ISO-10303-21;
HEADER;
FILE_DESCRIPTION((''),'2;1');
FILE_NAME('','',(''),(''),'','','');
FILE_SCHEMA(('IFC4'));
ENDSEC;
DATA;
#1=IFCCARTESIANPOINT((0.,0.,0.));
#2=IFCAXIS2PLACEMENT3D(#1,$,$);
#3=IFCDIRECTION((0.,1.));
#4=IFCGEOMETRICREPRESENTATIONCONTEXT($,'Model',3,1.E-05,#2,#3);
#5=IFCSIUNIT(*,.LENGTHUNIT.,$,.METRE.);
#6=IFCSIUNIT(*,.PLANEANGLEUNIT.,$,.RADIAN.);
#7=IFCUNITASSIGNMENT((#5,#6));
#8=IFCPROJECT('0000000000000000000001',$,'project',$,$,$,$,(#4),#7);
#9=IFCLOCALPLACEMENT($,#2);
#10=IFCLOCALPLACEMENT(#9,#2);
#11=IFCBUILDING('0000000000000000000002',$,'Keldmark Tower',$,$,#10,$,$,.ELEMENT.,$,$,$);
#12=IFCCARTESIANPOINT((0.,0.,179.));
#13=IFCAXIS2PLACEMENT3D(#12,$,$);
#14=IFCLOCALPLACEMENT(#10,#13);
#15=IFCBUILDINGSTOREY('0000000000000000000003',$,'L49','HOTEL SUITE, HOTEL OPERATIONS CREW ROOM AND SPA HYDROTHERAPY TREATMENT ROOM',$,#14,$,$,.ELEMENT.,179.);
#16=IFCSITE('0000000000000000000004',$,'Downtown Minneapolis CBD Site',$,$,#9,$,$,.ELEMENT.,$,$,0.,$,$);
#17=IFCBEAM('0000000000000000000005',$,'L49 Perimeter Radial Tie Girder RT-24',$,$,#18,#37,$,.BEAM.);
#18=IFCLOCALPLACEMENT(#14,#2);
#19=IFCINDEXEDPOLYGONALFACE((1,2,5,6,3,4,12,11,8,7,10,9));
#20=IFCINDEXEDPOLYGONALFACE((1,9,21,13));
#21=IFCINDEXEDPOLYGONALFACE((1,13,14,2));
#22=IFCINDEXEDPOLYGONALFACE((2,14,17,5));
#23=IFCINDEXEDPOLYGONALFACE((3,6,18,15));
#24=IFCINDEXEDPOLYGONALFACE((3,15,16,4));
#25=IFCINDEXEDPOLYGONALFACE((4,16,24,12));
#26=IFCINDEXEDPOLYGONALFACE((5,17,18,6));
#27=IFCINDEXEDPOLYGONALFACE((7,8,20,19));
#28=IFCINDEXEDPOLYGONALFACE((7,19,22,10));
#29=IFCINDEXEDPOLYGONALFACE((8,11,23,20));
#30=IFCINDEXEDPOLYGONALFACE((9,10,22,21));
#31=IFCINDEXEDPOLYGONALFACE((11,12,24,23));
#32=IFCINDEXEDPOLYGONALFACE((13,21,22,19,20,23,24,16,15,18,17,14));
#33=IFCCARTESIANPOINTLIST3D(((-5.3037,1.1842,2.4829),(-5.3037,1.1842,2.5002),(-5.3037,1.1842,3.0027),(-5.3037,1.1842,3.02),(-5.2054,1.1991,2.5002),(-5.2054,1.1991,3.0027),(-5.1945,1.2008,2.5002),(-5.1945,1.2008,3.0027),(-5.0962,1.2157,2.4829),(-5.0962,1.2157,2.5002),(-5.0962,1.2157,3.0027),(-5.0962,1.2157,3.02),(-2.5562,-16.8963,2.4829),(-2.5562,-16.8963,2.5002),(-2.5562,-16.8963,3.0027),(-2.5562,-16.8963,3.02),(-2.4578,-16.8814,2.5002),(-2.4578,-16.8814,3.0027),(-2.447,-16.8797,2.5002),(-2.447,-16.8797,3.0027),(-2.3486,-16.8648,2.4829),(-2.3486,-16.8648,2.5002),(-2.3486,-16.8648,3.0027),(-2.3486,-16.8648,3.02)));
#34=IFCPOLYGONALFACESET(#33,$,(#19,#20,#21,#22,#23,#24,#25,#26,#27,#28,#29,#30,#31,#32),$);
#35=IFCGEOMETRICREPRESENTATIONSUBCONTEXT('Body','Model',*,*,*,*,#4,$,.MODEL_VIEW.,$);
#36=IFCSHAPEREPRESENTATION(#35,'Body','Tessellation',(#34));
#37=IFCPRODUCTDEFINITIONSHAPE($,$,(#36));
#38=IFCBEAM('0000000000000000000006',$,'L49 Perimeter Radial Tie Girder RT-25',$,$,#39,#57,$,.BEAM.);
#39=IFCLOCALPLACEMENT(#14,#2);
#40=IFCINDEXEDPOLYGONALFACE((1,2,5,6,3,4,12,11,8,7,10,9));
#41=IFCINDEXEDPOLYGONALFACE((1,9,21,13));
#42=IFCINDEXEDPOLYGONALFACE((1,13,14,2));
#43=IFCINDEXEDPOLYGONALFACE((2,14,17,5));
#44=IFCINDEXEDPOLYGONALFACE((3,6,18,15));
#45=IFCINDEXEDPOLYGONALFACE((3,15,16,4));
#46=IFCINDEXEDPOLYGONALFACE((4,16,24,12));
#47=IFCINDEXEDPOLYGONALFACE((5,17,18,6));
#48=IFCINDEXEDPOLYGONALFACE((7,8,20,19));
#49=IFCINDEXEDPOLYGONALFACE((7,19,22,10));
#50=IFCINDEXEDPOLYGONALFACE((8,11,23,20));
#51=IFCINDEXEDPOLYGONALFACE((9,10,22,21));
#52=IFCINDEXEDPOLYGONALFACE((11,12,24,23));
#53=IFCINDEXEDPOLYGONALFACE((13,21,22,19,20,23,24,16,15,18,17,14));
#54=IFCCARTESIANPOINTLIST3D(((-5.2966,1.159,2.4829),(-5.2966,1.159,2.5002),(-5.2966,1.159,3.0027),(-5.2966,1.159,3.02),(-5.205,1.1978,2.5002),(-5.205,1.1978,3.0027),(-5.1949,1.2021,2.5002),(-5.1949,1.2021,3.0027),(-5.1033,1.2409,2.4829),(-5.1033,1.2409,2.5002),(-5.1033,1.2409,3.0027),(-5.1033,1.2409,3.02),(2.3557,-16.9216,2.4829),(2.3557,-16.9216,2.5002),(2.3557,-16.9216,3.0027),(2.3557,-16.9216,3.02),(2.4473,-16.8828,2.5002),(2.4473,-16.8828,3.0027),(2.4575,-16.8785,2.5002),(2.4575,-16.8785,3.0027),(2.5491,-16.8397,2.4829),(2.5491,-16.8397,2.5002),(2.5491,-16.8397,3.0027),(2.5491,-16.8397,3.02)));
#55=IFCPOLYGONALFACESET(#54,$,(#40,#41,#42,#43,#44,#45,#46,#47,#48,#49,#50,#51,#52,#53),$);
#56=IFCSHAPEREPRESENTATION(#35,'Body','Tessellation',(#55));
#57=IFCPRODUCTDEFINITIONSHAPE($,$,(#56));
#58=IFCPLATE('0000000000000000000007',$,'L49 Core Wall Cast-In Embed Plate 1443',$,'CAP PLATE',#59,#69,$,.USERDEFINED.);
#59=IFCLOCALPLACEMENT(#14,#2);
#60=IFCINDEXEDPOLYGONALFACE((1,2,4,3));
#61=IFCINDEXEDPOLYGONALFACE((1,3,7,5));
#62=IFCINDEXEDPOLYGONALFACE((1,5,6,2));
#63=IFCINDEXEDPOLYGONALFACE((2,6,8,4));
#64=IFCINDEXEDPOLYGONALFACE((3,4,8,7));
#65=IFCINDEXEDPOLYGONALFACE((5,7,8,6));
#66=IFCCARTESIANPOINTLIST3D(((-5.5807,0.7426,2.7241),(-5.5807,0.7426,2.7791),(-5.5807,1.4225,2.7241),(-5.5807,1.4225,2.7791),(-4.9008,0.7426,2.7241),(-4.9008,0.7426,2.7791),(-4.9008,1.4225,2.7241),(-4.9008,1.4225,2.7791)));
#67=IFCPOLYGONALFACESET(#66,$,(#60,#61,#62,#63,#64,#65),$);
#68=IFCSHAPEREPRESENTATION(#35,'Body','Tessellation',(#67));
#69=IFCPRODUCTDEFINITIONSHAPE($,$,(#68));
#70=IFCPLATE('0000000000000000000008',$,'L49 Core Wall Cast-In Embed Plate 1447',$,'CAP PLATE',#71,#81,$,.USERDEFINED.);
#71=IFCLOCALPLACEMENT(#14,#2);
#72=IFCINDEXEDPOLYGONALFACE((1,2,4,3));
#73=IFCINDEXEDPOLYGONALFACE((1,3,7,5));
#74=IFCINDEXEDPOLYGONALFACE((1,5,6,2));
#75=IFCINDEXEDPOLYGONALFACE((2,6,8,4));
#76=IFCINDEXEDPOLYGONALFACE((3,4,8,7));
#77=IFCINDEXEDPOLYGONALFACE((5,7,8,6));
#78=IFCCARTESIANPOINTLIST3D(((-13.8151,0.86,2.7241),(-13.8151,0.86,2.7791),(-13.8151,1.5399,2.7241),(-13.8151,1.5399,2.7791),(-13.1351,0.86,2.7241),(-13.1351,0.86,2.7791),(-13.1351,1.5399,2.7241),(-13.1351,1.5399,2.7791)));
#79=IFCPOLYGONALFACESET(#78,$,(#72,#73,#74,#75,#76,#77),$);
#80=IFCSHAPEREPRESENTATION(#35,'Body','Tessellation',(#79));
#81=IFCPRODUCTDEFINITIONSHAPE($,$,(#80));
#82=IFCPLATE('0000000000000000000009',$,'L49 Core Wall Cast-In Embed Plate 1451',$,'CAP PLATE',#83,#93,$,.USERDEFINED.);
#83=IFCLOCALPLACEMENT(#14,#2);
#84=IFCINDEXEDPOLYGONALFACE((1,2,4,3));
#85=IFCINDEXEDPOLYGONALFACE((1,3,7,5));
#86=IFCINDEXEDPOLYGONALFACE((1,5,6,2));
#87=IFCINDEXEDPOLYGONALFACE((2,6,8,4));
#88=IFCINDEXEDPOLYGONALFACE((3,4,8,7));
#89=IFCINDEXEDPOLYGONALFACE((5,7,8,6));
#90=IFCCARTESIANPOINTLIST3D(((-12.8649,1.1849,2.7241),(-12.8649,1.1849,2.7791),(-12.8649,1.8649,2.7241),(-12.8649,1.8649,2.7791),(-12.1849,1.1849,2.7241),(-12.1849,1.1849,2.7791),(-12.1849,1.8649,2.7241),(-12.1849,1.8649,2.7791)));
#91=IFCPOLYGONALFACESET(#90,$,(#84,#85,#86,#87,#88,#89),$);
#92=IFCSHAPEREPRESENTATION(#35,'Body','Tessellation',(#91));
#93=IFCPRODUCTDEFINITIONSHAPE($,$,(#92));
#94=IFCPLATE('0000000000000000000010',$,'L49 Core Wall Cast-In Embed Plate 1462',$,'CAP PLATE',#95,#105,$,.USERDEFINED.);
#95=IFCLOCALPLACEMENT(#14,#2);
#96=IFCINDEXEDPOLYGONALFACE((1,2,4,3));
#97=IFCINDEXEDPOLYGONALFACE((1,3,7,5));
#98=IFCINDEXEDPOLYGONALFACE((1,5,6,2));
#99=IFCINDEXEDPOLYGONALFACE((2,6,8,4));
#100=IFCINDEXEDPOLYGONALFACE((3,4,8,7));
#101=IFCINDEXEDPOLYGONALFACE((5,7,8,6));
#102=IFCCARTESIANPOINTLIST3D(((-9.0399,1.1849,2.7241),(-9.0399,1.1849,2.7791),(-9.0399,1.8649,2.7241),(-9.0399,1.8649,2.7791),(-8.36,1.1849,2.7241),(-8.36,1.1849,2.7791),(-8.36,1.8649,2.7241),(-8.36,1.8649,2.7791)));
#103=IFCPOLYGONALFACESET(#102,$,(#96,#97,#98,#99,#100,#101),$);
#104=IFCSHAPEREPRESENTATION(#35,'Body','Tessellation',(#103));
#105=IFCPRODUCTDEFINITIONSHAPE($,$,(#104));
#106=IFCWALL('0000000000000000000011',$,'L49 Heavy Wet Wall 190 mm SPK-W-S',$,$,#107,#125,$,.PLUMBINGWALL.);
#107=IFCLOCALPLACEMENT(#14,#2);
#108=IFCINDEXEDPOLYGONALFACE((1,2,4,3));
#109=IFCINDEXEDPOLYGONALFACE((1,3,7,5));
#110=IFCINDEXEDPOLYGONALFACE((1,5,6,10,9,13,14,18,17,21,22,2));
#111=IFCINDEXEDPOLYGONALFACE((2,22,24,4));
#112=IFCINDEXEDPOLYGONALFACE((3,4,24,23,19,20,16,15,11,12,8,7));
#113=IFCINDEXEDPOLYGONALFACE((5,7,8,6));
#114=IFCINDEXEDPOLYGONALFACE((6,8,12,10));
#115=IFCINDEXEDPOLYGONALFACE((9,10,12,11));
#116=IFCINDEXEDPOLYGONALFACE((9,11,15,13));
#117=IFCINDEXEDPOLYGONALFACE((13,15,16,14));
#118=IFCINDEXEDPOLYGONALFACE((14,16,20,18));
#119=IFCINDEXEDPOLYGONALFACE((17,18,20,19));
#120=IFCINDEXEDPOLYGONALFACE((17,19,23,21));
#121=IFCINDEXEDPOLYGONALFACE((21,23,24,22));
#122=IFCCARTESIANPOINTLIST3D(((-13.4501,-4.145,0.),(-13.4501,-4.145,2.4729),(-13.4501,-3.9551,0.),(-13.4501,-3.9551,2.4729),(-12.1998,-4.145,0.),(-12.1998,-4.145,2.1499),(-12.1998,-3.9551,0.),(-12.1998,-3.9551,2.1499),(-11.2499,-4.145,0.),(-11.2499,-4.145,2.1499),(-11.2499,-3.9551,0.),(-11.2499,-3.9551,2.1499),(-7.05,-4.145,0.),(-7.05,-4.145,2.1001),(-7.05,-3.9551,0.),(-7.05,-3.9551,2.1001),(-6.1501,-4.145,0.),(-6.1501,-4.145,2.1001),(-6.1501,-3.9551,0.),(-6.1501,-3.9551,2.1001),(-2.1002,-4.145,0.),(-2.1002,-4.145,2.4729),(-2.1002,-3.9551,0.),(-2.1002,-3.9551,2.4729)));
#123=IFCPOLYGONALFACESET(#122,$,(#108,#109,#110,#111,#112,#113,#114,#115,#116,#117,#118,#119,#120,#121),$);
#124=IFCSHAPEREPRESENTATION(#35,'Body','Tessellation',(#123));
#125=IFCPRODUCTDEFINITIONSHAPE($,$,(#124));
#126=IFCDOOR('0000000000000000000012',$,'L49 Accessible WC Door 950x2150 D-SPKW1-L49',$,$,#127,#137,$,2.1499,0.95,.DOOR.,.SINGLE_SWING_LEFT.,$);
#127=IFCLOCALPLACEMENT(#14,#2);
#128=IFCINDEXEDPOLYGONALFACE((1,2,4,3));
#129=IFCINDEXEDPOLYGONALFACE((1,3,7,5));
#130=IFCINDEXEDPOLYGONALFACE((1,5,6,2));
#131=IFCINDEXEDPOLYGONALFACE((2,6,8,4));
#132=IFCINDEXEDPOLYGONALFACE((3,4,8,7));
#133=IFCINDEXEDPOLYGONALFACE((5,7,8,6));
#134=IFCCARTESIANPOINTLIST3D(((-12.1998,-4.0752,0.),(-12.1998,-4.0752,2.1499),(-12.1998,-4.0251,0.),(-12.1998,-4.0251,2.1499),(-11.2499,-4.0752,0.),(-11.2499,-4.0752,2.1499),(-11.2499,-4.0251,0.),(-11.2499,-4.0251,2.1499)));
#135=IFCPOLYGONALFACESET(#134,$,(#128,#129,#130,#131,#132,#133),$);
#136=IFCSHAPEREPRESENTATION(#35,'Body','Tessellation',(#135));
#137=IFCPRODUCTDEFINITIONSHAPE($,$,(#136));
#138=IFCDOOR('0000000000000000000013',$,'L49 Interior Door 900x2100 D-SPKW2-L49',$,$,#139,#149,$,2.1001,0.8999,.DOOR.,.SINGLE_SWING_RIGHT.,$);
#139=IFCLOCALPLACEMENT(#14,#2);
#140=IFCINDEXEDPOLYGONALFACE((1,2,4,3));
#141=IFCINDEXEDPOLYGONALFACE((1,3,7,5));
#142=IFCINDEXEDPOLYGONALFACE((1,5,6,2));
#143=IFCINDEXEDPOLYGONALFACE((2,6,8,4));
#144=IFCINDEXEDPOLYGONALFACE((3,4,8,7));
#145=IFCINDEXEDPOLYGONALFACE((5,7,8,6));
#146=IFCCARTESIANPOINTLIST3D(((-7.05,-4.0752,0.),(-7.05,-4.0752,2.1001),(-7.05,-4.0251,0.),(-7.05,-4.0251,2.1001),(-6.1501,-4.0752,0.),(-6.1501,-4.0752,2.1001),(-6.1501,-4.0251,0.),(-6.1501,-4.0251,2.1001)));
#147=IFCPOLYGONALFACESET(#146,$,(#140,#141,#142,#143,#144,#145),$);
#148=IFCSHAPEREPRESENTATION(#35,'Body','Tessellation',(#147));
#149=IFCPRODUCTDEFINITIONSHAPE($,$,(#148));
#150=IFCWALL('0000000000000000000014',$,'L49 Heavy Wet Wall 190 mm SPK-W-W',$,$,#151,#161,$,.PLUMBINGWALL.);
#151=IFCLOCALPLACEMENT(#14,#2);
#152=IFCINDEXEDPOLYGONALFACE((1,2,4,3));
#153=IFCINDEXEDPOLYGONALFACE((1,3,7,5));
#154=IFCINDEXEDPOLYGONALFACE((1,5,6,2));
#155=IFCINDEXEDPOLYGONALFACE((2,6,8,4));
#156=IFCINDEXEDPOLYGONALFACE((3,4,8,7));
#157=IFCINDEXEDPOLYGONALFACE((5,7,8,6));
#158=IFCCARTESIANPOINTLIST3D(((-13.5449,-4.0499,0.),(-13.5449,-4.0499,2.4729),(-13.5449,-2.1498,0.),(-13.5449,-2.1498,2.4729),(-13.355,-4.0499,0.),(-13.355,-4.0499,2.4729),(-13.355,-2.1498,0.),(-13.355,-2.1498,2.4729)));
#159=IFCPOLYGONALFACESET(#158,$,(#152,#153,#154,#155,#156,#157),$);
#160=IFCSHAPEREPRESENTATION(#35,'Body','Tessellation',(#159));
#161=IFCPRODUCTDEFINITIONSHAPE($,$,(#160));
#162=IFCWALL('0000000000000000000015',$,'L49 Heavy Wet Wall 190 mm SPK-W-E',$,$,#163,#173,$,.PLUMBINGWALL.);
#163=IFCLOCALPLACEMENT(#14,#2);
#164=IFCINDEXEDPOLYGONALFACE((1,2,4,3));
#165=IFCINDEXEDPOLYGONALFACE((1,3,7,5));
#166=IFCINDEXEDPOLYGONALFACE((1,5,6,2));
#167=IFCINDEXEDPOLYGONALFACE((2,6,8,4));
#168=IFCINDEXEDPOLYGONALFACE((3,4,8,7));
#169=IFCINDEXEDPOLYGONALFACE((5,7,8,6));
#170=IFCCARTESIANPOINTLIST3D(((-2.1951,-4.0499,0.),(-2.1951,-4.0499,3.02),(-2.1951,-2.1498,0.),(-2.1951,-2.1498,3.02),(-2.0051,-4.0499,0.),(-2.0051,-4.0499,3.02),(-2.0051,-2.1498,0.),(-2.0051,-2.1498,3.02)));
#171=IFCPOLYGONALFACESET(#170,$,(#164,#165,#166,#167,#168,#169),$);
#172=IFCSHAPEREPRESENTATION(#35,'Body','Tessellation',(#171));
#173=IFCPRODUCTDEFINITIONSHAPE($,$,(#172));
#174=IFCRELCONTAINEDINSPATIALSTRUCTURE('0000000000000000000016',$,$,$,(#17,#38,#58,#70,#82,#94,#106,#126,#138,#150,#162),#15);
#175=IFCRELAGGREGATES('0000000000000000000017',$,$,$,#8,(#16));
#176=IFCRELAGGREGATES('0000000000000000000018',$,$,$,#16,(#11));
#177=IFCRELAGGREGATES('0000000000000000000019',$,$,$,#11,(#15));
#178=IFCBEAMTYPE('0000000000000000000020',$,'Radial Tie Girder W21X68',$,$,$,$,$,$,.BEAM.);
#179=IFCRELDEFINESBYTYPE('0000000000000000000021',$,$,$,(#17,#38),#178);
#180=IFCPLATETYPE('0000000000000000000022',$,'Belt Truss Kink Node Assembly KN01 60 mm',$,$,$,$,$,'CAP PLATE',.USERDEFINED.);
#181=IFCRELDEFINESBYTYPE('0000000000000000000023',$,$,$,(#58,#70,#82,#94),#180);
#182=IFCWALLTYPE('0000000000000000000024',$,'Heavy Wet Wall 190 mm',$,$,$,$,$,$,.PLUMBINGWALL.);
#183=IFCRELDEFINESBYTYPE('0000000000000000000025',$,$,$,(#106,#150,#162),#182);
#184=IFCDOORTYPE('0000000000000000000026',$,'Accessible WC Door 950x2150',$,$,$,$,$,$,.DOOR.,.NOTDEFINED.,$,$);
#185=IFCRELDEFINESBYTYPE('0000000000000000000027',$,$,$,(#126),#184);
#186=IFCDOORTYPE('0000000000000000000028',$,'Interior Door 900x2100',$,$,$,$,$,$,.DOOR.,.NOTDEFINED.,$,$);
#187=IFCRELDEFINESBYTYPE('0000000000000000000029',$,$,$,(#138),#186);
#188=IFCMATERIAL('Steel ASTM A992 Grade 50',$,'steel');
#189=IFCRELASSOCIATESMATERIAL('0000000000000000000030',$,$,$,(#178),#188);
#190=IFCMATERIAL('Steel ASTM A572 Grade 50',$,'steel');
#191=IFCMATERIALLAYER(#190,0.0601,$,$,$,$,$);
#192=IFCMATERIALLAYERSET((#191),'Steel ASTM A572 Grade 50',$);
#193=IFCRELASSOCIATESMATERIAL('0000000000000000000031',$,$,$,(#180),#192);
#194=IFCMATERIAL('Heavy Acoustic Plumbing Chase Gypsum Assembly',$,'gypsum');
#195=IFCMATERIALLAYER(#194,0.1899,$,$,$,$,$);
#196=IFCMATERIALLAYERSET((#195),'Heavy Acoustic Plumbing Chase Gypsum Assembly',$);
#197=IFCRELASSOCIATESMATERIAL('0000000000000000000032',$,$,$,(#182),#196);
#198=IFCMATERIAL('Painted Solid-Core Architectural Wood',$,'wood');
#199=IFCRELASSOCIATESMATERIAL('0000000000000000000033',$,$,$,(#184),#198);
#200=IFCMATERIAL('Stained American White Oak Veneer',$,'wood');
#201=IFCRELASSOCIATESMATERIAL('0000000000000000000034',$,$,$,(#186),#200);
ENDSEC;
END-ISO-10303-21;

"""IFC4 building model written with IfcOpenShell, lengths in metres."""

from ifc_helpers import new_model, si_unit, direction, frame, frame_2d, origin, origin_2d, place, context, subcontext, project, spatial, rectangle, i_section, extrude, material, layer, layer_set, material_profile, profile_set, type_object, element, fill, save


model = new_model("IFC4")

# Units and contexts
model_context = context("Model", 3, precision=1e-05, world=origin(), true_north=direction((0.0, 1.0)))
body_context = subcontext(model_context, "Body", "Model", "MODEL_VIEW")
ifc_project = project(units=[si_unit("LENGTHUNIT", "METRE"), si_unit("PLANEANGLEUNIT", "RADIAN")], contexts=[model_context])

# Site, building, storey
site_placement = place(None, origin())
site = spatial("IfcSite", under=ifc_project, at=site_placement, Name="Downtown Minneapolis CBD Site", CompositionType="ELEMENT", RefElevation=0.0)
building_placement = place(site_placement, origin())
building = spatial("IfcBuilding", under=site, at=building_placement, Name="Keldmark Tower", CompositionType="ELEMENT")
storey_placement = place(building_placement, frame((0.0, 0.0, 179.0)))
storey = spatial("IfcBuildingStorey", under=building, at=storey_placement, Name="L49", Description="HOTEL SUITE, HOTEL OPERATIONS CREW ROOM AND SPA HYDROTHERAPY TREATMENT ROOM", CompositionType="ELEMENT", Elevation=179.0)

# Beams
ifc_material_1 = material(Name="Steel ASTM A992 Grade 50", Category="steel")
ifc_material_profile_1 = material_profile(ifc_material_1, i_section(OverallWidth=0.21, OverallDepth=0.5371, WebThickness=0.011, FlangeThickness=0.0173, at=origin_2d()), Name="W21X68")
ifc_profile_set_1 = profile_set([ifc_material_profile_1], Name="Steel ASTM A992 Grade 50")
beam_type_1 = type_object("IfcBeamType", Name="Radial Tie Girder W21X68", PredefinedType="BEAM", material=ifc_profile_set_1)
beam_1_placement = place(storey_placement, frame((-5.2, 1.2, 2.7515), z_axis=(0.150237, -0.98865, 0.0), x_axis=(0.98865, 0.150237, 0.0)))
element("IfcBeam", 1, at=beam_1_placement, inside=storey, type_object=beam_type_1, Name="L49 Perimeter Radial Tie Girder RT-24", PredefinedType="BEAM", context=body_context, shape_type="SweptSolid", body=[
    extrude(i_section(OverallWidth=0.21, OverallDepth=0.5371, WebThickness=0.011, FlangeThickness=0.0173, at=origin_2d()), origin(), (0.0, 0.0, 1.0), 18.2881),
])
beam_2_placement = place(storey_placement, frame((-5.2, 1.2, 2.7515), z_axis=(0.389764, -0.920915, 0.0), x_axis=(0.920915, 0.389764, 0.0)))
element("IfcBeam", 2, at=beam_2_placement, inside=storey, type_object=beam_type_1, Name="L49 Perimeter Radial Tie Girder RT-25", PredefinedType="BEAM", context=body_context, shape_type="SweptSolid", body=[
    extrude(i_section(OverallWidth=0.21, OverallDepth=0.5371, WebThickness=0.011, FlangeThickness=0.0173, at=origin_2d()), origin(), (0.0, 0.0, 1.0), 19.6333),
])

# Plates
ifc_material_2 = material(Name="Steel ASTM A572 Grade 50", Category="steel")
ifc_layer_1 = layer(ifc_material_2, 0.0601)
ifc_layer_set_1 = layer_set([ifc_layer_1], Name="Steel ASTM A572 Grade 50")
plate_type = type_object("IfcPlateType", Name="Belt Truss Kink Node Assembly KN01 60 mm", ElementType="CAP PLATE", PredefinedType="USERDEFINED", material=ifc_layer_set_1)
for number, where, z_axis, x_axis, name in (
    (3, (-5.2407, 1.0825, 2.7241), (0.0, 0.0, 1.0), (1.0, 0.0, 0.0), "L49 Core Wall Cast-In Embed Plate 1443"),
    (4, (-13.4751, 1.2, 2.7241), (0.0, 0.0, 1.0), (1.0, 0.0, 0.0), "L49 Core Wall Cast-In Embed Plate 1447"),
    (5, (-12.5249, 1.5249, 2.7241), (0.0, 0.0, 1.0), (1.0, 0.0, 0.0), "L49 Core Wall Cast-In Embed Plate 1451"),
    (6, (-8.7, 1.5249, 2.7241), (0.0, 0.0, 1.0), (1.0, 0.0, 0.0), "L49 Core Wall Cast-In Embed Plate 1462"),
):
    element("IfcPlate", number, at=place(storey_placement, frame(where, z_axis=z_axis, x_axis=x_axis)), inside=storey, type_object=plate_type, Name=name, ObjectType="CAP PLATE", PredefinedType="USERDEFINED", context=body_context, shape_type="SweptSolid", body=[
        extrude(rectangle(XDim=0.6799, YDim=0.6799, at=origin_2d()), origin(), (0.0, 0.0, 1.0), 0.0549),
    ])

# Wall, openings, doors
ifc_material_3 = material(Name="Heavy Acoustic Plumbing Chase Gypsum Assembly", Category="gypsum")
ifc_layer_2 = layer(ifc_material_3, 0.1899)
ifc_layer_set_2 = layer_set([ifc_layer_2], Name="Heavy Acoustic Plumbing Chase Gypsum Assembly")
wall_type_1 = type_object("IfcWallType", Name="Heavy Wet Wall 190 mm", PredefinedType="PLUMBINGWALL", material=ifc_layer_set_2)
wall_1_placement = place(storey_placement, frame((-13.45, -4.05, 0.0), z_axis=(0.0, 0.0, 1.0), x_axis=(1.0, 0.0, 0.0)))
wall_1 = element("IfcWall", 7, at=wall_1_placement, inside=storey, type_object=wall_type_1, Name="L49 Heavy Wet Wall 190 mm SPK-W-S", PredefinedType="PLUMBINGWALL", context=body_context, shape_type="SweptSolid", body=[
    extrude(rectangle(XDim=11.3499, YDim=0.1899, at=frame_2d((5.6748, 0.0))), origin(), (0.0, 0.0, 1.0), 2.4729),
])
opening_1_placement = place(wall_1_placement, frame((1.25, 0.0, 0.0)))
opening_1 = element("IfcOpeningElement", 8, at=opening_1_placement, cuts=wall_1, PredefinedType="OPENING", context=body_context, shape_type="SweptSolid", body=[
    extrude(rectangle(XDim=0.95, YDim=2.1499, at=frame_2d((0.4751, 1.075))), frame((0.0, 0.105, 0.0), z_axis=(0.0, -1.0, 0.0), x_axis=(1.0, 0.0, 0.0)), (0.0, 0.0, 1.0), 0.21),
])
opening_2_placement = place(wall_1_placement, frame((6.3999, 0.0, 0.0)))
opening_2 = element("IfcOpeningElement", 9, at=opening_2_placement, cuts=wall_1, PredefinedType="OPENING", context=body_context, shape_type="SweptSolid", body=[
    extrude(rectangle(XDim=0.8999, YDim=2.1001, at=frame_2d((0.45, 1.05))), frame((0.0, 0.105, 0.0), z_axis=(0.0, -1.0, 0.0), x_axis=(1.0, 0.0, 0.0)), (0.0, 0.0, 1.0), 0.21),
])
ifc_material_4 = material(Name="Painted Solid-Core Architectural Wood", Category="wood")
door_type_1 = type_object("IfcDoorType", Name="Accessible WC Door 950x2150", OperationType="NOTDEFINED", PredefinedType="DOOR", material=ifc_material_4)
door_1_placement = place(opening_1_placement, origin())
door_1 = element("IfcDoor", 10, at=door_1_placement, inside=storey, type_object=door_type_1, Name="L49 Accessible WC Door 950x2150 D-SPKW1-L49", OperationType="SINGLE_SWING_LEFT", OverallHeight=2.1499, OverallWidth=0.95, PredefinedType="DOOR", context=body_context, shape_type="SweptSolid", body=[
    extrude(rectangle(XDim=0.95, YDim=2.1499, at=frame_2d((0.4751, 1.075))), frame((0.0, 0.0249, 0.0), z_axis=(0.0, -1.0, 0.0), x_axis=(1.0, 0.0, 0.0)), (0.0, 0.0, 1.0), 0.05),
])
fill(opening_1, door_1)
ifc_material_5 = material(Name="Stained American White Oak Veneer", Category="wood")
door_type_2 = type_object("IfcDoorType", Name="Interior Door 900x2100", OperationType="NOTDEFINED", PredefinedType="DOOR", material=ifc_material_5)
door_2_placement = place(opening_2_placement, origin())
door_2 = element("IfcDoor", 11, at=door_2_placement, inside=storey, type_object=door_type_2, Name="L49 Interior Door 900x2100 D-SPKW2-L49", OperationType="SINGLE_SWING_RIGHT", OverallHeight=2.1001, OverallWidth=0.8999, PredefinedType="DOOR", context=body_context, shape_type="SweptSolid", body=[
    extrude(rectangle(XDim=0.8999, YDim=2.1001, at=frame_2d((0.45, 1.05))), frame((0.0, 0.0249, 0.0), z_axis=(0.0, -1.0, 0.0), x_axis=(1.0, 0.0, 0.0)), (0.0, 0.0, 1.0), 0.05),
])
fill(opening_2, door_2)

# Walls
wall_2_placement = place(storey_placement, frame((-13.45, -4.05, 0.0), z_axis=(0.0, 0.0, 1.0), x_axis=(0.0, 1.0, 0.0)))
element("IfcWall", 12, at=wall_2_placement, inside=storey, type_object=wall_type_1, Name="L49 Heavy Wet Wall 190 mm SPK-W-W", PredefinedType="PLUMBINGWALL", context=body_context, shape_type="SweptSolid", body=[
    extrude(rectangle(XDim=1.9001, YDim=0.1899, at=frame_2d((0.9502, 0.0))), origin(), (0.0, 0.0, 1.0), 2.4729),
])
wall_3_placement = place(storey_placement, frame((-2.1001, -4.05, 0.0), z_axis=(0.0, 0.0, 1.0), x_axis=(0.0, 1.0, 0.0)))
element("IfcWall", 13, at=wall_3_placement, inside=storey, type_object=wall_type_1, Name="L49 Heavy Wet Wall 190 mm SPK-W-E", PredefinedType="PLUMBINGWALL", context=body_context, shape_type="SweptSolid", body=[
    extrude(rectangle(XDim=1.9001, YDim=0.1899, at=frame_2d((0.9502, 0.0))), origin(), (0.0, 0.0, 1.0), 3.02),
])

save(model, "model.ifc")
